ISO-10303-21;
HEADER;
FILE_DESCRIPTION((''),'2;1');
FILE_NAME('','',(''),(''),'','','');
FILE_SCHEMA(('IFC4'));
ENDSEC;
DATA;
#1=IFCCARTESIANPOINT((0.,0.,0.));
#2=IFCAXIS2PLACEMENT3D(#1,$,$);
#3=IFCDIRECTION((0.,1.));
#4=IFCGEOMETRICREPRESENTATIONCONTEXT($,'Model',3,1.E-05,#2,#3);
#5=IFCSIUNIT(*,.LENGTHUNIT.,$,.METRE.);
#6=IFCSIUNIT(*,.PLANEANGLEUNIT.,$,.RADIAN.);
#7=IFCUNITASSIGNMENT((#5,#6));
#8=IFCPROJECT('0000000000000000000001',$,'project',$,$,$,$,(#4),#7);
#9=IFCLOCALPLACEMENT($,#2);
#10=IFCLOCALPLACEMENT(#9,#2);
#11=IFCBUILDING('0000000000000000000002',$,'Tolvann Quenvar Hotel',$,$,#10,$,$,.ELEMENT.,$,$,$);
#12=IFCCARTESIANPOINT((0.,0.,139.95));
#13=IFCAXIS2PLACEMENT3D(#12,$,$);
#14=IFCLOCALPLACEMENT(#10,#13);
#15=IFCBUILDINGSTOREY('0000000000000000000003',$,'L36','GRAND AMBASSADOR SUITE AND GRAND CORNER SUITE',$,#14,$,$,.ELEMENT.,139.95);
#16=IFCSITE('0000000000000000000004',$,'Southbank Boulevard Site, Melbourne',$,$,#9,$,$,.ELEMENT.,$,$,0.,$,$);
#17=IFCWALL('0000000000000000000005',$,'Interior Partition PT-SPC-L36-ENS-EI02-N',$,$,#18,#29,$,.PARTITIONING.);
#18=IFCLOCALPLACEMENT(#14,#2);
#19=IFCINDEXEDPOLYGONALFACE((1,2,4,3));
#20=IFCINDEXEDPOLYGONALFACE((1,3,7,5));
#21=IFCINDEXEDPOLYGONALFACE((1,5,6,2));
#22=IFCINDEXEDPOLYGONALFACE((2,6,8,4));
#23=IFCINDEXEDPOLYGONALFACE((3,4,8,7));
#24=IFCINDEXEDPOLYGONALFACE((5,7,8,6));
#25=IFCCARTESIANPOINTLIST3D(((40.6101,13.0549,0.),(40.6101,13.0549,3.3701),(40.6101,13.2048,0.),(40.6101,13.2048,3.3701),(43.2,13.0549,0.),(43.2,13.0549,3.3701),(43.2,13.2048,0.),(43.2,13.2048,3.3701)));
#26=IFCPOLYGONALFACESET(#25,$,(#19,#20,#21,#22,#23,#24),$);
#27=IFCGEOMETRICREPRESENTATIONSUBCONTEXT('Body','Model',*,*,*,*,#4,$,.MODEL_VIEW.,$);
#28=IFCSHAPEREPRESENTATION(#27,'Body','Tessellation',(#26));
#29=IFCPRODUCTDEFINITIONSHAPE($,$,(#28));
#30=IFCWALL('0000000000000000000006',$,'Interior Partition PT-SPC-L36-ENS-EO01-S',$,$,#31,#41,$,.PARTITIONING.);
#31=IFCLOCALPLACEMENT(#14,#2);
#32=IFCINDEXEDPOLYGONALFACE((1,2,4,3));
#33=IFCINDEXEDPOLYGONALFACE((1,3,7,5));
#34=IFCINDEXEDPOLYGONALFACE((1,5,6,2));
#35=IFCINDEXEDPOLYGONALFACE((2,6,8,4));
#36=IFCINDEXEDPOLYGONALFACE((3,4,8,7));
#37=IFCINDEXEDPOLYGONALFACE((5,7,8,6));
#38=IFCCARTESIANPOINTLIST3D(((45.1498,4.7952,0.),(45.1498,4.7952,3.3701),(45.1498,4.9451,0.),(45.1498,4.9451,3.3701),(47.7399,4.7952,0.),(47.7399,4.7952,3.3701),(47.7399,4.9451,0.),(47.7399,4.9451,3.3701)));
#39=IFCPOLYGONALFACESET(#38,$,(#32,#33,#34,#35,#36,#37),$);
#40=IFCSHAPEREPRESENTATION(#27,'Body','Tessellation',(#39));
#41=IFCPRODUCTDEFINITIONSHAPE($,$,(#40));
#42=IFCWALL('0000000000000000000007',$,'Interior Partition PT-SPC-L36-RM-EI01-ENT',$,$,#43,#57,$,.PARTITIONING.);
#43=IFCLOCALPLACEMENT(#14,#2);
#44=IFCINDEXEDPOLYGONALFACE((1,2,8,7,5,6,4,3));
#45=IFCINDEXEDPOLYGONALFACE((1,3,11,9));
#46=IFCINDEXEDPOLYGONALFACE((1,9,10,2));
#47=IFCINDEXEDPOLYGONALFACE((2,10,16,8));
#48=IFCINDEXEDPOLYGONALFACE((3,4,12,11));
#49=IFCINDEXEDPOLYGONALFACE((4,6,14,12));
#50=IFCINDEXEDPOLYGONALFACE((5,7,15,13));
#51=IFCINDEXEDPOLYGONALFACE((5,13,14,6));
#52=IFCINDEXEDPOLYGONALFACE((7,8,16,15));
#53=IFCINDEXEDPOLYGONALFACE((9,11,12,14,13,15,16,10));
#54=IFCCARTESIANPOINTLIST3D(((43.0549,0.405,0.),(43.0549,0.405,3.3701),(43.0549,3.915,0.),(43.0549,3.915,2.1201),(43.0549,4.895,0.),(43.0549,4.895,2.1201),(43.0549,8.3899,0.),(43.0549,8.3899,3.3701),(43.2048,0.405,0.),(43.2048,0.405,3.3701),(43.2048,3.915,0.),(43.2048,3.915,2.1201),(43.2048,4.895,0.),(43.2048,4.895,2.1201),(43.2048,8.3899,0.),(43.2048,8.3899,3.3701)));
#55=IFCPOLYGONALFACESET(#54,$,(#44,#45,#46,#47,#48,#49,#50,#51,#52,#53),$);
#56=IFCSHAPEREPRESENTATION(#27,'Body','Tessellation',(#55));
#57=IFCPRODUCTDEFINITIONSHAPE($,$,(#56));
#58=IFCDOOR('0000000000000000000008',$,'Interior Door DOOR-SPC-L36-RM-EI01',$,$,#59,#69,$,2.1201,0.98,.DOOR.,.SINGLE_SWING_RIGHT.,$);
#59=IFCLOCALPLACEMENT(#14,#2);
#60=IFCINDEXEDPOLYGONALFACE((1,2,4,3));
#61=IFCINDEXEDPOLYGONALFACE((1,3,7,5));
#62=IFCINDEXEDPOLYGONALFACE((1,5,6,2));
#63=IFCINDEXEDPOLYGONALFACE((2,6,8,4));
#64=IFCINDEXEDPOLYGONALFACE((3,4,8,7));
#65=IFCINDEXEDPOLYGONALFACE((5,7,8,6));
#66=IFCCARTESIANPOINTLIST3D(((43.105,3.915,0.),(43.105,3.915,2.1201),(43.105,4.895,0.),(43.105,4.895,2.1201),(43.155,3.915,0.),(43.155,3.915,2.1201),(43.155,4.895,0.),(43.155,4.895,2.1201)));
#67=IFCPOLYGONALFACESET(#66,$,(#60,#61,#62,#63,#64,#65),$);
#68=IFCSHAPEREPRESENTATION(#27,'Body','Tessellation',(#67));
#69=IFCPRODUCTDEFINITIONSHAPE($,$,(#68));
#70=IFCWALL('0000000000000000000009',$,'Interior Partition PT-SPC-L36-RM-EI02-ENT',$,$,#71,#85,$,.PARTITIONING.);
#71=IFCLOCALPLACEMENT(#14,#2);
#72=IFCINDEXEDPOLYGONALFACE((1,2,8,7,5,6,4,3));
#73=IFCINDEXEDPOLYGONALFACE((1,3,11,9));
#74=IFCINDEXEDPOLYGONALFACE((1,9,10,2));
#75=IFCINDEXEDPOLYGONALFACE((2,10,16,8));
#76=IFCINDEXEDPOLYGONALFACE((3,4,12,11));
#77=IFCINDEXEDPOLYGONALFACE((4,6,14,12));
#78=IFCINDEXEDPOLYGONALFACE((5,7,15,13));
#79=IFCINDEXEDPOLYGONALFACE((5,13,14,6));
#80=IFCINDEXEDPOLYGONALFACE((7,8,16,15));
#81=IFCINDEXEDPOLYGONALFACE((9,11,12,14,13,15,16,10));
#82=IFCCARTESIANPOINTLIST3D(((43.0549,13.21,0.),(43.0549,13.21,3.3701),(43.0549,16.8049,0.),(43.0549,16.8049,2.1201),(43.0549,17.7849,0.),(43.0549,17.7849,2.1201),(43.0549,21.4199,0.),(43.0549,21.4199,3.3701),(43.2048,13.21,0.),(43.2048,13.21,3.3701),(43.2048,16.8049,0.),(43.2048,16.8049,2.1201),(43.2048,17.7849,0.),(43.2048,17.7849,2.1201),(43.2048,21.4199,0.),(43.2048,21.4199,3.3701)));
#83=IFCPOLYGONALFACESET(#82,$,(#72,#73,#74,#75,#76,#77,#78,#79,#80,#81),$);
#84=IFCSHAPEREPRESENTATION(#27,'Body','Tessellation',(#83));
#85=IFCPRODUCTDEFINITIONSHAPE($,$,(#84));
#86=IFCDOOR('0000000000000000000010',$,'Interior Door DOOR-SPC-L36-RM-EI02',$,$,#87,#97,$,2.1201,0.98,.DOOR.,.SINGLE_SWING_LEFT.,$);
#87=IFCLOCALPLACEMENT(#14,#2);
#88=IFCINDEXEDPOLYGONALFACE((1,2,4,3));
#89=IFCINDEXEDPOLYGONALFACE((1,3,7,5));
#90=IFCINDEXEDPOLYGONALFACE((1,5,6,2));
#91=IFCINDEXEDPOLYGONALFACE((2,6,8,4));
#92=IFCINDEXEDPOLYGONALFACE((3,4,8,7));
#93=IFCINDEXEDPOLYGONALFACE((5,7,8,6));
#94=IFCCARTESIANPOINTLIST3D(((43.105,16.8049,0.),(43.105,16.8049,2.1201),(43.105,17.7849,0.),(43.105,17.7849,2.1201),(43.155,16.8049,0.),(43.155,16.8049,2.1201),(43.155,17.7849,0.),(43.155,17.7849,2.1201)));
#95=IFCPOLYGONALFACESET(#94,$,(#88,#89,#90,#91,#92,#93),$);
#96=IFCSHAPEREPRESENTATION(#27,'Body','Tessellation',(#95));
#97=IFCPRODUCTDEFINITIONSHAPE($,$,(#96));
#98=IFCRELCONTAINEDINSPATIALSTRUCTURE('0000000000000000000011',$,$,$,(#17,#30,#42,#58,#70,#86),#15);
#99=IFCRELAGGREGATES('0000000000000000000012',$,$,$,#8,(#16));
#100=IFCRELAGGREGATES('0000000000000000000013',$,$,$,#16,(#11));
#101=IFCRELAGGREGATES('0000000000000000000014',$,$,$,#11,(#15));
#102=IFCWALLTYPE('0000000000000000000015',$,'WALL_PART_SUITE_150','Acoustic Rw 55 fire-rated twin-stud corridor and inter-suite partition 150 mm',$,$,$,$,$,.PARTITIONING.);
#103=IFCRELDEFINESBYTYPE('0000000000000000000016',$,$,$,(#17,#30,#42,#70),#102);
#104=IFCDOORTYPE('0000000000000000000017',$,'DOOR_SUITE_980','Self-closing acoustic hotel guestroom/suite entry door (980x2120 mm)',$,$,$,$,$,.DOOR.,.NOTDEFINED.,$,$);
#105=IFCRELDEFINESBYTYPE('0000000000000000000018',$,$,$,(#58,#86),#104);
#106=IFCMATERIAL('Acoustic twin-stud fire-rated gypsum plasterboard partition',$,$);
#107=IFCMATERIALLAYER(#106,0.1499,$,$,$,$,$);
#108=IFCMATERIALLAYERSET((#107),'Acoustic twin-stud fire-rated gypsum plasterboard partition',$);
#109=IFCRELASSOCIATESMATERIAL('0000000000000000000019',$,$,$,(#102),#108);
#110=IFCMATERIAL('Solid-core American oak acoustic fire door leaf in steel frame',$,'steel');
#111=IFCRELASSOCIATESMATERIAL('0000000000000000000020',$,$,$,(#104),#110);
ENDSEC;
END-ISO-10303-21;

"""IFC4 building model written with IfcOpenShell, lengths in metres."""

from ifc_helpers import new_model, si_unit, direction, frame, frame_2d, origin, place, context, subcontext, project, spatial, rectangle, extrude, source, transform, mapped, material, layer, layer_set, type_object, type_shapes, element, fill, save


model = new_model("IFC4")

# Units and contexts
model_context = context("Model", 3, precision=1e-05, world=origin(), true_north=direction((0.0, 1.0)))
body_context = subcontext(model_context, "Body", "Model", "MODEL_VIEW")
ifc_project = project(units=[si_unit("LENGTHUNIT", "METRE"), si_unit("PLANEANGLEUNIT", "RADIAN")], contexts=[model_context])

# Site, building, storey
site_placement = place(None, origin())
site = spatial("IfcSite", under=ifc_project, at=site_placement, Name="Southbank Boulevard Site, Melbourne", CompositionType="ELEMENT", RefElevation=0.0)
building_placement = place(site_placement, origin())
building = spatial("IfcBuilding", under=site, at=building_placement, Name="Tolvann Quenvar Hotel", CompositionType="ELEMENT")
storey_placement = place(building_placement, frame((0.0, 0.0, 139.95)))
storey = spatial("IfcBuildingStorey", under=building, at=storey_placement, Name="L36", Description="GRAND AMBASSADOR SUITE AND GRAND CORNER SUITE", CompositionType="ELEMENT", Elevation=139.95)

# Shared definitions
ifc_material_1 = material(Name="Acoustic twin-stud fire-rated gypsum plasterboard partition")
ifc_layer_1 = layer(ifc_material_1, 0.1499)
ifc_layer_set_1 = layer_set([ifc_layer_1], Name="Acoustic twin-stud fire-rated gypsum plasterboard partition")
wall_type_1 = type_object("IfcWallType", Name="WALL_PART_SUITE_150", Description="Acoustic Rw 55 fire-rated twin-stud corridor and inter-suite partition 150 mm", PredefinedType="PARTITIONING", material=ifc_layer_set_1)
ifc_material_2 = material(Name="Solid-core American oak acoustic fire door leaf in steel frame", Category="steel")

# Walls
wall_1_placement = place(storey_placement, frame((40.6101, 13.1299, 0.0), z_axis=(0.0, 0.0, 1.0), x_axis=(1.0, 0.0, 0.0)))
element("IfcWall", 1, at=wall_1_placement, inside=storey, type_object=wall_type_1, Name="Interior Partition PT-SPC-L36-ENS-EI02-N", PredefinedType="PARTITIONING", context=body_context, shape_type="SweptSolid", body=[
    extrude(rectangle(XDim=2.5898, YDim=0.1499, at=frame_2d((1.2949, 0.0))), origin(), (0.0, 0.0, 1.0), 3.3701),
])
wall_2_placement = place(storey_placement, frame((45.1499, 4.8701, 0.0), z_axis=(0.0, 0.0, 1.0), x_axis=(1.0, 0.0, 0.0)))
element("IfcWall", 2, at=wall_2_placement, inside=storey, type_object=wall_type_1, Name="Interior Partition PT-SPC-L36-ENS-EO01-S", PredefinedType="PARTITIONING", context=body_context, shape_type="SweptSolid", body=[
    extrude(rectangle(XDim=2.5901, YDim=0.1499, at=frame_2d((1.2949, 0.0))), origin(), (0.0, 0.0, 1.0), 3.3701),
])

# Walls, openings, doors
wall_3_placement = place(storey_placement, frame((43.1299, 0.405, 0.0), z_axis=(0.0, 0.0, 1.0), x_axis=(0.0, 1.0, 0.0)))
wall_3 = element("IfcWall", 3, at=wall_3_placement, inside=storey, type_object=wall_type_1, Name="Interior Partition PT-SPC-L36-RM-EI01-ENT", PredefinedType="PARTITIONING", context=body_context, shape_type="SweptSolid", body=[
    extrude(rectangle(XDim=7.9849, YDim=0.1499, at=frame_2d((3.9924, 0.0))), origin(), (0.0, 0.0, 1.0), 3.3701),
])
opening_1_placement = place(wall_3_placement, frame((3.51, 0.0, 0.0)))
opening_1 = element("IfcOpeningElement", 4, at=opening_1_placement, cuts=wall_3, PredefinedType="OPENING", context=body_context, shape_type="SweptSolid", body=[
    extrude(rectangle(XDim=0.98, YDim=2.1201, at=frame_2d((0.49, 1.0601))), frame((0.0, 0.085, 0.0), z_axis=(0.0, -1.0, 0.0), x_axis=(1.0, 0.0, 0.0)), (0.0, 0.0, 1.0), 0.1699),
])
door_type_1 = type_object("IfcDoorType", Name="DOOR_SUITE_980", Description="Self-closing acoustic hotel guestroom/suite entry door (980x2120 mm)", OperationType="NOTDEFINED", PredefinedType="DOOR", material=ifc_material_2)
shared_shape_1 = source(origin(), body_context, "Body", "SweptSolid", [
    extrude(rectangle(XDim=0.98, YDim=2.1201, at=frame_2d((0.49, 1.0601))), frame((0.0, 0.0249, 0.0), z_axis=(0.0, -1.0, 0.0), x_axis=(1.0, 0.0, 0.0)), (0.0, 0.0, 1.0), 0.05),
])
type_shapes(door_type_1, [shared_shape_1])
door_1_placement = place(opening_1_placement, origin())
door_1 = element("IfcDoor", 5, at=door_1_placement, inside=storey, type_object=door_type_1, Name="Interior Door DOOR-SPC-L36-RM-EI01", OperationType="SINGLE_SWING_RIGHT", OverallHeight=2.1201, OverallWidth=0.98, PredefinedType="DOOR", context=body_context, shape_type="MappedRepresentation", body=[
    mapped(shared_shape_1, transform((0.0, 0.0, 0.0), x_axis=(1.0, 0.0, 0.0), y_axis=(0.0, 1.0, 0.0), z_axis=(0.0, 0.0, 1.0), scale=1.0)),
])
fill(opening_1, door_1)
wall_4_placement = place(storey_placement, frame((43.1299, 13.21, 0.0), z_axis=(0.0, 0.0, 1.0), x_axis=(0.0, 1.0, 0.0)))
wall_4 = element("IfcWall", 6, at=wall_4_placement, inside=storey, type_object=wall_type_1, Name="Interior Partition PT-SPC-L36-RM-EI02-ENT", PredefinedType="PARTITIONING", context=body_context, shape_type="SweptSolid", body=[
    extrude(rectangle(XDim=8.21, YDim=0.1499, at=frame_2d((4.105, 0.0))), origin(), (0.0, 0.0, 1.0), 3.3701),
])
opening_2_placement = place(wall_4_placement, frame((3.595, 0.0, 0.0)))
opening_2 = element("IfcOpeningElement", 7, at=opening_2_placement, cuts=wall_4, PredefinedType="OPENING", context=body_context, shape_type="SweptSolid", body=[
    extrude(rectangle(XDim=0.98, YDim=2.1201, at=frame_2d((0.49, 1.0601))), frame((0.0, 0.085, 0.0), z_axis=(0.0, -1.0, 0.0), x_axis=(1.0, 0.0, 0.0)), (0.0, 0.0, 1.0), 0.1699),
])
door_2_placement = place(opening_2_placement, origin())
door_2 = element("IfcDoor", 8, at=door_2_placement, inside=storey, type_object=door_type_1, Name="Interior Door DOOR-SPC-L36-RM-EI02", OperationType="SINGLE_SWING_LEFT", OverallHeight=2.1201, OverallWidth=0.98, PredefinedType="DOOR", context=body_context, shape_type="MappedRepresentation", body=[
    mapped(shared_shape_1, transform((0.0, 0.0, 0.0), x_axis=(1.0, 0.0, 0.0), y_axis=(0.0, 1.0, 0.0), z_axis=(0.0, 0.0, 1.0), scale=1.0)),
])
fill(opening_2, door_2)

save(model, "model.ifc")
